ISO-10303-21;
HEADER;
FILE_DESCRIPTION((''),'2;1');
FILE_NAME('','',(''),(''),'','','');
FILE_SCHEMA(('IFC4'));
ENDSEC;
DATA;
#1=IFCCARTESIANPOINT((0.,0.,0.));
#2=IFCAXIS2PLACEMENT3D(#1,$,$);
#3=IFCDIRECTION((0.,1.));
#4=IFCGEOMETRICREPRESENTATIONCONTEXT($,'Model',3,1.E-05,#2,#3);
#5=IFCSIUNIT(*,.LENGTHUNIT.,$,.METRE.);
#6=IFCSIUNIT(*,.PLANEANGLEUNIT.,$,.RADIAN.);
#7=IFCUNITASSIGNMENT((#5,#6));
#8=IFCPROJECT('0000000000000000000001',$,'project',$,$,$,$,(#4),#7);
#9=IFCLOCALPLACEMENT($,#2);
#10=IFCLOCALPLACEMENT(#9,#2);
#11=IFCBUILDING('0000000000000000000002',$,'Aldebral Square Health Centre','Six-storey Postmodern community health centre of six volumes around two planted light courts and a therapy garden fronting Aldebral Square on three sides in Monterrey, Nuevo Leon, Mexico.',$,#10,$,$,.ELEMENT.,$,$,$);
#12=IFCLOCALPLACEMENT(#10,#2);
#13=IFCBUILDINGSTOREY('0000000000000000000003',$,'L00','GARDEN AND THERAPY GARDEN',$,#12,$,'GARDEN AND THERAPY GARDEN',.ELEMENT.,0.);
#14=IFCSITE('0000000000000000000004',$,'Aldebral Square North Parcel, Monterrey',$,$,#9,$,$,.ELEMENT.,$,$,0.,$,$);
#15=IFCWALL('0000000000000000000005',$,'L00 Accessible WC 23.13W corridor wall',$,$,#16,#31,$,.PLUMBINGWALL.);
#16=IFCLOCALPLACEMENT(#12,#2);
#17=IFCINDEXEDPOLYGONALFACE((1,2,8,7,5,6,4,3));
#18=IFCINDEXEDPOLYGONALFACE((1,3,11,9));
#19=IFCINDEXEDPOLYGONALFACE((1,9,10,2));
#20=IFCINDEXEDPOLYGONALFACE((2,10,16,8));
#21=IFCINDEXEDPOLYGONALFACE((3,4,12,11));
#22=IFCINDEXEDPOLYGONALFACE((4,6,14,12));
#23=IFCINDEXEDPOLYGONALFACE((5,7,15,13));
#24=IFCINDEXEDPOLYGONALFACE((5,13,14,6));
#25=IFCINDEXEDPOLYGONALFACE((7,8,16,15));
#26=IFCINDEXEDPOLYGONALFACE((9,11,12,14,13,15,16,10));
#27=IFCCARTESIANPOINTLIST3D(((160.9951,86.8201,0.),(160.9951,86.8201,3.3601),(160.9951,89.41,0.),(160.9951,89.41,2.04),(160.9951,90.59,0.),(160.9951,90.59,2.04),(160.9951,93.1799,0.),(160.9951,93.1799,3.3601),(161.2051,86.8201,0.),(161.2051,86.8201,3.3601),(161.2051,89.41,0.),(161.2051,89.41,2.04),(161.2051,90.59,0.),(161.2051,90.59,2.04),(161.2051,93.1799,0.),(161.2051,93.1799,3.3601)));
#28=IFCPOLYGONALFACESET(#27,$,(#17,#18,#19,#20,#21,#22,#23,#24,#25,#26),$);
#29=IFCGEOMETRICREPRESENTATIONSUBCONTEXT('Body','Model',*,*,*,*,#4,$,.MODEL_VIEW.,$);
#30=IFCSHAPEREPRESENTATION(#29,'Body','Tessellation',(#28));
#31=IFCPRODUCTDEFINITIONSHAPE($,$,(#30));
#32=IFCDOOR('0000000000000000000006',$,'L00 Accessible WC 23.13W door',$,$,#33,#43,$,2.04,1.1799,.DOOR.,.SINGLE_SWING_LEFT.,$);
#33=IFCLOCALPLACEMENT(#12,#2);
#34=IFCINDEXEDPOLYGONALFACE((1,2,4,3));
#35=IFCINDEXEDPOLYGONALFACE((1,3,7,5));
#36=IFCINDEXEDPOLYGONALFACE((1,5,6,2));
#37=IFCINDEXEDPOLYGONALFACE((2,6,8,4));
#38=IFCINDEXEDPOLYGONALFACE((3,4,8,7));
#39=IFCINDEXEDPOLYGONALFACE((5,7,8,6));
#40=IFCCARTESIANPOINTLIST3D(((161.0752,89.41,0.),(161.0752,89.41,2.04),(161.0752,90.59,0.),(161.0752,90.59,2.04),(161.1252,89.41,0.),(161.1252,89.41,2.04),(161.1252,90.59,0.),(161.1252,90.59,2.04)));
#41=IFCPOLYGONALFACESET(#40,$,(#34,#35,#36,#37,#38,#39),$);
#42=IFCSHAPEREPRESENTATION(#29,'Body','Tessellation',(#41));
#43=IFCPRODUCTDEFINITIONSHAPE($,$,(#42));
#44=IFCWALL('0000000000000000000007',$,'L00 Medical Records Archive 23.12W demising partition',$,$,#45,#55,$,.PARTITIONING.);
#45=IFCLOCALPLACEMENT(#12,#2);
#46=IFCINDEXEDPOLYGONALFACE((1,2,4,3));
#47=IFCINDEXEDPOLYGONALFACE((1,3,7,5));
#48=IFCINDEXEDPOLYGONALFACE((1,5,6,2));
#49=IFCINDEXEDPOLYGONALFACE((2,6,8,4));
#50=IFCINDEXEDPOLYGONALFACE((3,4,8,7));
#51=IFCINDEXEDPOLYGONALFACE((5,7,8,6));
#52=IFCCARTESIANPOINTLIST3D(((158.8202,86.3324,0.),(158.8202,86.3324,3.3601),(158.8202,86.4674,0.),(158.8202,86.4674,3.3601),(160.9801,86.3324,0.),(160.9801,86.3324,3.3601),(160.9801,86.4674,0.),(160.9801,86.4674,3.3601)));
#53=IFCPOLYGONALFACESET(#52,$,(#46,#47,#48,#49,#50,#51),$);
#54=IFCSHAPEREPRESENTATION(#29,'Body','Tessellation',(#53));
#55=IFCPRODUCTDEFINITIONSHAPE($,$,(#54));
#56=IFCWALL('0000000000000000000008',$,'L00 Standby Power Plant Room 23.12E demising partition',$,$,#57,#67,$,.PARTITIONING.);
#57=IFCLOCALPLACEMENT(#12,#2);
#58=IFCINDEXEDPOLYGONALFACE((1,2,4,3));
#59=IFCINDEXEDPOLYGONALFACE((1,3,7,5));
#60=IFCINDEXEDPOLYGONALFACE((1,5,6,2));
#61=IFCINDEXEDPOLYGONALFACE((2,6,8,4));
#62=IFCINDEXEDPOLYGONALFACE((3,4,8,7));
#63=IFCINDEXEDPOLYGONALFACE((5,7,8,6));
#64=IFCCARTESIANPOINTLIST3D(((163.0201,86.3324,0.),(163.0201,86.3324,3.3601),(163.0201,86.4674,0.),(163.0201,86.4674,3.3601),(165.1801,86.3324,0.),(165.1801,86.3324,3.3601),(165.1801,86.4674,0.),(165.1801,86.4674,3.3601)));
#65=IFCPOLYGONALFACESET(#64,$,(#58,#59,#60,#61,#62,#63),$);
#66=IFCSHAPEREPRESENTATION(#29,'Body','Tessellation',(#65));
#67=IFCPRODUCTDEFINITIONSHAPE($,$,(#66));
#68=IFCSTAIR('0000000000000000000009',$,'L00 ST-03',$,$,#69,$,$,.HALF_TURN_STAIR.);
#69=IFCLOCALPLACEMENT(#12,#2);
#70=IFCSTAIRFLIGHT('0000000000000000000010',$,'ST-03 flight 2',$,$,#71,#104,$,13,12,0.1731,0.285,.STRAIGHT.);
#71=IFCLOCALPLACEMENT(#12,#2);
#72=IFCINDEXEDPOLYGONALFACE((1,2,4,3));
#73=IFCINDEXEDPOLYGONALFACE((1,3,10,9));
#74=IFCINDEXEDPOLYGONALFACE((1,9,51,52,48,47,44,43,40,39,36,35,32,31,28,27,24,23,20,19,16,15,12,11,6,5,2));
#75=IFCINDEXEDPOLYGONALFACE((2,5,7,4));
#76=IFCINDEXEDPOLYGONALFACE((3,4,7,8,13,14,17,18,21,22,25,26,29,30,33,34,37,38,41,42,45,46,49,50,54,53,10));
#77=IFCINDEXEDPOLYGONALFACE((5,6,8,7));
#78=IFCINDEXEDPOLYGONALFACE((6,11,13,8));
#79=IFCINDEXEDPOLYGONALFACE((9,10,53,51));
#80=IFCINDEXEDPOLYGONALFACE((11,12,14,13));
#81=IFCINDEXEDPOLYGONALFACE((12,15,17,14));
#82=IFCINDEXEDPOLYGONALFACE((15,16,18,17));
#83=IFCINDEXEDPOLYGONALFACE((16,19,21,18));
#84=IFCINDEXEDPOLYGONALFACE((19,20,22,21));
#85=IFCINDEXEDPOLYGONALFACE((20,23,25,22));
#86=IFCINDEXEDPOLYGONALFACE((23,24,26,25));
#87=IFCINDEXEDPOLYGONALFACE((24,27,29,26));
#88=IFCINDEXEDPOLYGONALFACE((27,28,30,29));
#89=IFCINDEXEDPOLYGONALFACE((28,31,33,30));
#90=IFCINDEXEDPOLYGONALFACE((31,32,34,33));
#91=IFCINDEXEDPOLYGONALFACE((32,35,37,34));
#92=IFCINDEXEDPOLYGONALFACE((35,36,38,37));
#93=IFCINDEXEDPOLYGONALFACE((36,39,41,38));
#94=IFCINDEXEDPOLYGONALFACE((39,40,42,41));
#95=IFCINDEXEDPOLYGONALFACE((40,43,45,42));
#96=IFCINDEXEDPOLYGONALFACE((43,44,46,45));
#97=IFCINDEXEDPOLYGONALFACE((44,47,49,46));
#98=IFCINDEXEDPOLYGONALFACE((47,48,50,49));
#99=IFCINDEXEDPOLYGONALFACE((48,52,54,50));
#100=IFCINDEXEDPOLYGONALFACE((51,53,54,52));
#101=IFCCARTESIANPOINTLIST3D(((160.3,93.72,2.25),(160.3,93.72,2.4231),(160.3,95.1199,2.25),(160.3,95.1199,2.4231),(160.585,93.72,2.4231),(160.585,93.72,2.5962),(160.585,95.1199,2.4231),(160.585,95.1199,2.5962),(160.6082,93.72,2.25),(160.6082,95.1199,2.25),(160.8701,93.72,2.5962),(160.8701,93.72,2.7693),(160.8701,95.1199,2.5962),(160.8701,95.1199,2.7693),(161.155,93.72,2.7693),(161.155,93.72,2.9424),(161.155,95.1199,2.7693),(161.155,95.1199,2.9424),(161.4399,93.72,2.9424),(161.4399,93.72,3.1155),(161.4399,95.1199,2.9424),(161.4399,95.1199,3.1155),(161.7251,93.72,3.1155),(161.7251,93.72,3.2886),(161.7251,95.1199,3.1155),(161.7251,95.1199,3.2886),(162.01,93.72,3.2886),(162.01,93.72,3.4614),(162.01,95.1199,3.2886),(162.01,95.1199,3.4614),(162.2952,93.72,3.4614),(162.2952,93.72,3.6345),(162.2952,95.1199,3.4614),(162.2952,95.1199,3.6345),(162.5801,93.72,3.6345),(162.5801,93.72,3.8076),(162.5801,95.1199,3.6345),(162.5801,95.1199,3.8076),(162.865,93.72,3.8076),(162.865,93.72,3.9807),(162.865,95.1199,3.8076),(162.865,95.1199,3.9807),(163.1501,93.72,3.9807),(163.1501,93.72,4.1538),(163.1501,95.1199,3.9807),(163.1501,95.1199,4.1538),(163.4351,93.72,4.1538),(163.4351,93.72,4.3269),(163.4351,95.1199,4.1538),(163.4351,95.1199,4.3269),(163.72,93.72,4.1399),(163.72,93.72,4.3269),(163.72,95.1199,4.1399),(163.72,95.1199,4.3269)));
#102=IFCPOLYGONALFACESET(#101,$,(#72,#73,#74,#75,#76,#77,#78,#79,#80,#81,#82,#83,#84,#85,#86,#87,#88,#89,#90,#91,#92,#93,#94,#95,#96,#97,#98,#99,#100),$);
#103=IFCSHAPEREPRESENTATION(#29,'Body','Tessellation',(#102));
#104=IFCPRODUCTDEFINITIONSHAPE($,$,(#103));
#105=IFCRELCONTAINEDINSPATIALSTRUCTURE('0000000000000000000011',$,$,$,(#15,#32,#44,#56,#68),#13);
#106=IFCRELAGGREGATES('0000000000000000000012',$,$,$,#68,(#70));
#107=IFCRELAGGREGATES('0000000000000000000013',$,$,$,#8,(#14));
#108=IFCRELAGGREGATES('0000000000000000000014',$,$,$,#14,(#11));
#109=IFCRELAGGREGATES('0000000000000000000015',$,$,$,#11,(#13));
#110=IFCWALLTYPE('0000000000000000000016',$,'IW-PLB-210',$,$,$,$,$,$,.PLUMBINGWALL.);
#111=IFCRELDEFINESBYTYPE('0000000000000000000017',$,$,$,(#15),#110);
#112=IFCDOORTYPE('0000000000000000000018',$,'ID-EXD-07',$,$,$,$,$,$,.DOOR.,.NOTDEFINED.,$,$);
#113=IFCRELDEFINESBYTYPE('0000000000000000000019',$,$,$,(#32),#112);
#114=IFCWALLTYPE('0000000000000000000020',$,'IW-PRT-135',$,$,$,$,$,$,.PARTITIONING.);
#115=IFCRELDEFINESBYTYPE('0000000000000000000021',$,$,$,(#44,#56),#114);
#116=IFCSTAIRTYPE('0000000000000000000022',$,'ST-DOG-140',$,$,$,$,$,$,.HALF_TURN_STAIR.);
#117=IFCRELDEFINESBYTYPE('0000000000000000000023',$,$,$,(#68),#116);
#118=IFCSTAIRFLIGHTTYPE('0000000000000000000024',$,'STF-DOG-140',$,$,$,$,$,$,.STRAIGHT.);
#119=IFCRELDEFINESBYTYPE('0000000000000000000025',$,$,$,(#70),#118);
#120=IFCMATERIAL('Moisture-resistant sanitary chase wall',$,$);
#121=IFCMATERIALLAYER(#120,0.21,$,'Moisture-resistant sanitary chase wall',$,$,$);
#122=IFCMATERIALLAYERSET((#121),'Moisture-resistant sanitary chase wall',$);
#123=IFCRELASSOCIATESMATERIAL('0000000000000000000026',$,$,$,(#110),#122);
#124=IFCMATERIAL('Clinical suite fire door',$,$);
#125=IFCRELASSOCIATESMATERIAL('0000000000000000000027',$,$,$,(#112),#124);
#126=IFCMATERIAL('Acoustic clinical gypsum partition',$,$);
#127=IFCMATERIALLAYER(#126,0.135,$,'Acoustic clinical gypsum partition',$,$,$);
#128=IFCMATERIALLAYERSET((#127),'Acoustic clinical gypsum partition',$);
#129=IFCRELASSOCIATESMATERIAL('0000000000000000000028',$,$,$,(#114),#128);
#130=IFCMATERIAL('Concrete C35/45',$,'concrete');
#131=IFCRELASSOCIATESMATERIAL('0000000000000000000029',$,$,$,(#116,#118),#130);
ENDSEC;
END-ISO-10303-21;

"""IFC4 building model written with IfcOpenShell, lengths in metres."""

from ifc_helpers import new_model, si_unit, direction, frame, frame_2d, origin, place, context, subcontext, project, spatial, polyline, rectangle, outline, extrude, material, layer, layer_set, type_object, element, fill, aggregate, save


model = new_model("IFC4")

# Units and contexts
model_context = context("Model", 3, precision=1e-05, world=origin(), true_north=direction((0.0, 1.0)))
body_context = subcontext(model_context, "Body", "Model", "MODEL_VIEW")
ifc_project = project(units=[si_unit("LENGTHUNIT", "METRE"), si_unit("PLANEANGLEUNIT", "RADIAN")], contexts=[model_context])

# Site, building, storey
site_placement = place(None, origin())
site = spatial("IfcSite", under=ifc_project, at=site_placement, Name="Aldebral Square North Parcel, Monterrey", CompositionType="ELEMENT", RefElevation=0.0)
building_placement = place(site_placement, origin())
building = spatial("IfcBuilding", under=site, at=building_placement, Name="Aldebral Square Health Centre", Description="Six-storey Postmodern community health centre of six volumes around two planted light courts and a therapy garden fronting Aldebral Square on three sides in Monterrey, Nuevo Leon, Mexico.", CompositionType="ELEMENT")
storey_placement = place(building_placement, origin())
storey = spatial("IfcBuildingStorey", under=building, at=storey_placement, Name="L00", Description="GARDEN AND THERAPY GARDEN", LongName="GARDEN AND THERAPY GARDEN", CompositionType="ELEMENT", Elevation=0.0)

# Shared definitions
ifc_material_1 = material(Name="Concrete C35/45", Category="concrete")

# Wall, opening, door
ifc_material_2 = material(Name="Moisture-resistant sanitary chase wall")
ifc_layer_1 = layer(ifc_material_2, 0.21, Name="Moisture-resistant sanitary chase wall")
ifc_layer_set_1 = layer_set([ifc_layer_1], Name="Moisture-resistant sanitary chase wall")
wall_type_1 = type_object("IfcWallType", Name="IW-PLB-210", PredefinedType="PLUMBINGWALL", material=ifc_layer_set_1)
wall_1_placement = place(storey_placement, frame((161.1001, 86.8201, 0.0), z_axis=(0.0, 0.0, 1.0), x_axis=(0.0, 1.0, 0.0)))
wall_1 = element("IfcWall", 1, at=wall_1_placement, inside=storey, type_object=wall_type_1, Name="L00 Accessible WC 23.13W corridor wall", PredefinedType="PLUMBINGWALL", context=body_context, shape_type="SweptSolid", body=[
    extrude(rectangle(XDim=6.3599, YDim=0.21, at=frame_2d((3.1799, 0.0))), origin(), (0.0, 0.0, 1.0), 3.3601),
])
opening_1_placement = place(wall_1_placement, frame((2.5901, 0.0, 0.0)))
opening_1 = element("IfcOpeningElement", 2, at=opening_1_placement, cuts=wall_1, PredefinedType="OPENING", context=body_context, shape_type="SweptSolid", body=[
    extrude(rectangle(XDim=1.1799, YDim=2.04, at=frame_2d((0.5898, 1.02))), frame((0.0, 0.115, 0.0), z_axis=(0.0, -1.0, 0.0), x_axis=(1.0, 0.0, 0.0)), (0.0, 0.0, 1.0), 0.23),
])
ifc_material_3 = material(Name="Clinical suite fire door")
door_type_1 = type_object("IfcDoorType", Name="ID-EXD-07", OperationType="NOTDEFINED", PredefinedType="DOOR", material=ifc_material_3)
door_1_placement = place(opening_1_placement, origin())
door_1 = element("IfcDoor", 3, at=door_1_placement, inside=storey, type_object=door_type_1, Name="L00 Accessible WC 23.13W door", OperationType="SINGLE_SWING_LEFT", OverallHeight=2.04, OverallWidth=1.1799, PredefinedType="DOOR", context=body_context, shape_type="SweptSolid", body=[
    extrude(rectangle(XDim=1.1799, YDim=2.04, at=frame_2d((0.5898, 1.02))), frame((0.0, 0.0249, 0.0), z_axis=(0.0, -1.0, 0.0), x_axis=(1.0, 0.0, 0.0)), (0.0, 0.0, 1.0), 0.05),
])
fill(opening_1, door_1)

# Walls
ifc_material_4 = material(Name="Acoustic clinical gypsum partition")
ifc_layer_2 = layer(ifc_material_4, 0.135, Name="Acoustic clinical gypsum partition")
ifc_layer_set_2 = layer_set([ifc_layer_2], Name="Acoustic clinical gypsum partition")
wall_type_2 = type_object("IfcWallType", Name="IW-PRT-135", PredefinedType="PARTITIONING", material=ifc_layer_set_2)
for number, where, z_axis, x_axis, name in (
    (4, (158.8201, 86.3999, 0.0), (0.0, 0.0, 1.0), (1.0, 0.0, 0.0), "L00 Medical Records Archive 23.12W demising partition"),
    (5, (163.02, 86.3999, 0.0), (0.0, 0.0, 1.0), (1.0, 0.0, 0.0), "L00 Standby Power Plant Room 23.12E demising partition"),
):
    element("IfcWall", number, at=place(storey_placement, frame(where, z_axis=z_axis, x_axis=x_axis)), inside=storey, type_object=wall_type_2, Name=name, PredefinedType="PARTITIONING", context=body_context, shape_type="SweptSolid", body=[
        extrude(rectangle(XDim=2.1599, YDim=0.135, at=frame_2d((1.0801, 0.0))), origin(), (0.0, 0.0, 1.0), 3.3601),
    ])

# Stair, stair flight
stair_type = type_object("IfcStairType", Name="ST-DOG-140", PredefinedType="HALF_TURN_STAIR", material=ifc_material_1)
stair_placement = place(storey_placement, origin())
stair = element("IfcStair", 6, at=stair_placement, inside=storey, type_object=stair_type, Name="L00 ST-03", PredefinedType="HALF_TURN_STAIR")
stair_flight_type = type_object("IfcStairFlightType", Name="STF-DOG-140", PredefinedType="STRAIGHT", material=ifc_material_1)
stair_flight_placement = place(storey_placement, frame((160.3, 94.4199, 2.25), z_axis=(0.0, 0.0, 1.0), x_axis=(1.0, 0.0, 0.0)))
stair_flight = element("IfcStairFlight", 7, at=stair_flight_placement, type_object=stair_flight_type, Name="ST-03 flight 2", NumberOfRisers=13, NumberOfTreads=12, PredefinedType="STRAIGHT", RiserHeight=0.1731, TreadLength=0.285, context=body_context, shape_type="SweptSolid", body=[
    extrude(outline(polyline([(0.0, 0.0), (0.0, 0.1731), (0.2849, 0.1731), (0.2849, 0.3462), (0.5701, 0.3462), (0.5701, 0.5193), (0.855, 0.5193), (0.855, 0.6924), (1.1399, 0.6924), (1.1399, 0.8655), (1.425, 0.8655), (1.425, 1.0386), (1.71, 1.0386), (1.71, 1.2114), (1.9951, 1.2114), (1.9951, 1.3845), (2.28, 1.3845), (2.28, 1.5576), (2.5649, 1.5576), (2.5649, 1.7307), (2.8501, 1.7307), (2.8501, 1.9038), (3.135, 1.9038), (3.135, 2.0769), (3.4199, 2.0769), (3.4199, 2.25), (3.4199, 1.8899), (0.3081, 0.0), (0.0, 0.0)])), frame((0.0, 0.7, 0.0), z_axis=(0.0, -1.0, 0.0), x_axis=(1.0, 0.0, 0.0)), (0.0, 0.0, 1.0), 1.3999),
])
aggregate(stair, [stair_flight])

save(model, "model.ifc")
